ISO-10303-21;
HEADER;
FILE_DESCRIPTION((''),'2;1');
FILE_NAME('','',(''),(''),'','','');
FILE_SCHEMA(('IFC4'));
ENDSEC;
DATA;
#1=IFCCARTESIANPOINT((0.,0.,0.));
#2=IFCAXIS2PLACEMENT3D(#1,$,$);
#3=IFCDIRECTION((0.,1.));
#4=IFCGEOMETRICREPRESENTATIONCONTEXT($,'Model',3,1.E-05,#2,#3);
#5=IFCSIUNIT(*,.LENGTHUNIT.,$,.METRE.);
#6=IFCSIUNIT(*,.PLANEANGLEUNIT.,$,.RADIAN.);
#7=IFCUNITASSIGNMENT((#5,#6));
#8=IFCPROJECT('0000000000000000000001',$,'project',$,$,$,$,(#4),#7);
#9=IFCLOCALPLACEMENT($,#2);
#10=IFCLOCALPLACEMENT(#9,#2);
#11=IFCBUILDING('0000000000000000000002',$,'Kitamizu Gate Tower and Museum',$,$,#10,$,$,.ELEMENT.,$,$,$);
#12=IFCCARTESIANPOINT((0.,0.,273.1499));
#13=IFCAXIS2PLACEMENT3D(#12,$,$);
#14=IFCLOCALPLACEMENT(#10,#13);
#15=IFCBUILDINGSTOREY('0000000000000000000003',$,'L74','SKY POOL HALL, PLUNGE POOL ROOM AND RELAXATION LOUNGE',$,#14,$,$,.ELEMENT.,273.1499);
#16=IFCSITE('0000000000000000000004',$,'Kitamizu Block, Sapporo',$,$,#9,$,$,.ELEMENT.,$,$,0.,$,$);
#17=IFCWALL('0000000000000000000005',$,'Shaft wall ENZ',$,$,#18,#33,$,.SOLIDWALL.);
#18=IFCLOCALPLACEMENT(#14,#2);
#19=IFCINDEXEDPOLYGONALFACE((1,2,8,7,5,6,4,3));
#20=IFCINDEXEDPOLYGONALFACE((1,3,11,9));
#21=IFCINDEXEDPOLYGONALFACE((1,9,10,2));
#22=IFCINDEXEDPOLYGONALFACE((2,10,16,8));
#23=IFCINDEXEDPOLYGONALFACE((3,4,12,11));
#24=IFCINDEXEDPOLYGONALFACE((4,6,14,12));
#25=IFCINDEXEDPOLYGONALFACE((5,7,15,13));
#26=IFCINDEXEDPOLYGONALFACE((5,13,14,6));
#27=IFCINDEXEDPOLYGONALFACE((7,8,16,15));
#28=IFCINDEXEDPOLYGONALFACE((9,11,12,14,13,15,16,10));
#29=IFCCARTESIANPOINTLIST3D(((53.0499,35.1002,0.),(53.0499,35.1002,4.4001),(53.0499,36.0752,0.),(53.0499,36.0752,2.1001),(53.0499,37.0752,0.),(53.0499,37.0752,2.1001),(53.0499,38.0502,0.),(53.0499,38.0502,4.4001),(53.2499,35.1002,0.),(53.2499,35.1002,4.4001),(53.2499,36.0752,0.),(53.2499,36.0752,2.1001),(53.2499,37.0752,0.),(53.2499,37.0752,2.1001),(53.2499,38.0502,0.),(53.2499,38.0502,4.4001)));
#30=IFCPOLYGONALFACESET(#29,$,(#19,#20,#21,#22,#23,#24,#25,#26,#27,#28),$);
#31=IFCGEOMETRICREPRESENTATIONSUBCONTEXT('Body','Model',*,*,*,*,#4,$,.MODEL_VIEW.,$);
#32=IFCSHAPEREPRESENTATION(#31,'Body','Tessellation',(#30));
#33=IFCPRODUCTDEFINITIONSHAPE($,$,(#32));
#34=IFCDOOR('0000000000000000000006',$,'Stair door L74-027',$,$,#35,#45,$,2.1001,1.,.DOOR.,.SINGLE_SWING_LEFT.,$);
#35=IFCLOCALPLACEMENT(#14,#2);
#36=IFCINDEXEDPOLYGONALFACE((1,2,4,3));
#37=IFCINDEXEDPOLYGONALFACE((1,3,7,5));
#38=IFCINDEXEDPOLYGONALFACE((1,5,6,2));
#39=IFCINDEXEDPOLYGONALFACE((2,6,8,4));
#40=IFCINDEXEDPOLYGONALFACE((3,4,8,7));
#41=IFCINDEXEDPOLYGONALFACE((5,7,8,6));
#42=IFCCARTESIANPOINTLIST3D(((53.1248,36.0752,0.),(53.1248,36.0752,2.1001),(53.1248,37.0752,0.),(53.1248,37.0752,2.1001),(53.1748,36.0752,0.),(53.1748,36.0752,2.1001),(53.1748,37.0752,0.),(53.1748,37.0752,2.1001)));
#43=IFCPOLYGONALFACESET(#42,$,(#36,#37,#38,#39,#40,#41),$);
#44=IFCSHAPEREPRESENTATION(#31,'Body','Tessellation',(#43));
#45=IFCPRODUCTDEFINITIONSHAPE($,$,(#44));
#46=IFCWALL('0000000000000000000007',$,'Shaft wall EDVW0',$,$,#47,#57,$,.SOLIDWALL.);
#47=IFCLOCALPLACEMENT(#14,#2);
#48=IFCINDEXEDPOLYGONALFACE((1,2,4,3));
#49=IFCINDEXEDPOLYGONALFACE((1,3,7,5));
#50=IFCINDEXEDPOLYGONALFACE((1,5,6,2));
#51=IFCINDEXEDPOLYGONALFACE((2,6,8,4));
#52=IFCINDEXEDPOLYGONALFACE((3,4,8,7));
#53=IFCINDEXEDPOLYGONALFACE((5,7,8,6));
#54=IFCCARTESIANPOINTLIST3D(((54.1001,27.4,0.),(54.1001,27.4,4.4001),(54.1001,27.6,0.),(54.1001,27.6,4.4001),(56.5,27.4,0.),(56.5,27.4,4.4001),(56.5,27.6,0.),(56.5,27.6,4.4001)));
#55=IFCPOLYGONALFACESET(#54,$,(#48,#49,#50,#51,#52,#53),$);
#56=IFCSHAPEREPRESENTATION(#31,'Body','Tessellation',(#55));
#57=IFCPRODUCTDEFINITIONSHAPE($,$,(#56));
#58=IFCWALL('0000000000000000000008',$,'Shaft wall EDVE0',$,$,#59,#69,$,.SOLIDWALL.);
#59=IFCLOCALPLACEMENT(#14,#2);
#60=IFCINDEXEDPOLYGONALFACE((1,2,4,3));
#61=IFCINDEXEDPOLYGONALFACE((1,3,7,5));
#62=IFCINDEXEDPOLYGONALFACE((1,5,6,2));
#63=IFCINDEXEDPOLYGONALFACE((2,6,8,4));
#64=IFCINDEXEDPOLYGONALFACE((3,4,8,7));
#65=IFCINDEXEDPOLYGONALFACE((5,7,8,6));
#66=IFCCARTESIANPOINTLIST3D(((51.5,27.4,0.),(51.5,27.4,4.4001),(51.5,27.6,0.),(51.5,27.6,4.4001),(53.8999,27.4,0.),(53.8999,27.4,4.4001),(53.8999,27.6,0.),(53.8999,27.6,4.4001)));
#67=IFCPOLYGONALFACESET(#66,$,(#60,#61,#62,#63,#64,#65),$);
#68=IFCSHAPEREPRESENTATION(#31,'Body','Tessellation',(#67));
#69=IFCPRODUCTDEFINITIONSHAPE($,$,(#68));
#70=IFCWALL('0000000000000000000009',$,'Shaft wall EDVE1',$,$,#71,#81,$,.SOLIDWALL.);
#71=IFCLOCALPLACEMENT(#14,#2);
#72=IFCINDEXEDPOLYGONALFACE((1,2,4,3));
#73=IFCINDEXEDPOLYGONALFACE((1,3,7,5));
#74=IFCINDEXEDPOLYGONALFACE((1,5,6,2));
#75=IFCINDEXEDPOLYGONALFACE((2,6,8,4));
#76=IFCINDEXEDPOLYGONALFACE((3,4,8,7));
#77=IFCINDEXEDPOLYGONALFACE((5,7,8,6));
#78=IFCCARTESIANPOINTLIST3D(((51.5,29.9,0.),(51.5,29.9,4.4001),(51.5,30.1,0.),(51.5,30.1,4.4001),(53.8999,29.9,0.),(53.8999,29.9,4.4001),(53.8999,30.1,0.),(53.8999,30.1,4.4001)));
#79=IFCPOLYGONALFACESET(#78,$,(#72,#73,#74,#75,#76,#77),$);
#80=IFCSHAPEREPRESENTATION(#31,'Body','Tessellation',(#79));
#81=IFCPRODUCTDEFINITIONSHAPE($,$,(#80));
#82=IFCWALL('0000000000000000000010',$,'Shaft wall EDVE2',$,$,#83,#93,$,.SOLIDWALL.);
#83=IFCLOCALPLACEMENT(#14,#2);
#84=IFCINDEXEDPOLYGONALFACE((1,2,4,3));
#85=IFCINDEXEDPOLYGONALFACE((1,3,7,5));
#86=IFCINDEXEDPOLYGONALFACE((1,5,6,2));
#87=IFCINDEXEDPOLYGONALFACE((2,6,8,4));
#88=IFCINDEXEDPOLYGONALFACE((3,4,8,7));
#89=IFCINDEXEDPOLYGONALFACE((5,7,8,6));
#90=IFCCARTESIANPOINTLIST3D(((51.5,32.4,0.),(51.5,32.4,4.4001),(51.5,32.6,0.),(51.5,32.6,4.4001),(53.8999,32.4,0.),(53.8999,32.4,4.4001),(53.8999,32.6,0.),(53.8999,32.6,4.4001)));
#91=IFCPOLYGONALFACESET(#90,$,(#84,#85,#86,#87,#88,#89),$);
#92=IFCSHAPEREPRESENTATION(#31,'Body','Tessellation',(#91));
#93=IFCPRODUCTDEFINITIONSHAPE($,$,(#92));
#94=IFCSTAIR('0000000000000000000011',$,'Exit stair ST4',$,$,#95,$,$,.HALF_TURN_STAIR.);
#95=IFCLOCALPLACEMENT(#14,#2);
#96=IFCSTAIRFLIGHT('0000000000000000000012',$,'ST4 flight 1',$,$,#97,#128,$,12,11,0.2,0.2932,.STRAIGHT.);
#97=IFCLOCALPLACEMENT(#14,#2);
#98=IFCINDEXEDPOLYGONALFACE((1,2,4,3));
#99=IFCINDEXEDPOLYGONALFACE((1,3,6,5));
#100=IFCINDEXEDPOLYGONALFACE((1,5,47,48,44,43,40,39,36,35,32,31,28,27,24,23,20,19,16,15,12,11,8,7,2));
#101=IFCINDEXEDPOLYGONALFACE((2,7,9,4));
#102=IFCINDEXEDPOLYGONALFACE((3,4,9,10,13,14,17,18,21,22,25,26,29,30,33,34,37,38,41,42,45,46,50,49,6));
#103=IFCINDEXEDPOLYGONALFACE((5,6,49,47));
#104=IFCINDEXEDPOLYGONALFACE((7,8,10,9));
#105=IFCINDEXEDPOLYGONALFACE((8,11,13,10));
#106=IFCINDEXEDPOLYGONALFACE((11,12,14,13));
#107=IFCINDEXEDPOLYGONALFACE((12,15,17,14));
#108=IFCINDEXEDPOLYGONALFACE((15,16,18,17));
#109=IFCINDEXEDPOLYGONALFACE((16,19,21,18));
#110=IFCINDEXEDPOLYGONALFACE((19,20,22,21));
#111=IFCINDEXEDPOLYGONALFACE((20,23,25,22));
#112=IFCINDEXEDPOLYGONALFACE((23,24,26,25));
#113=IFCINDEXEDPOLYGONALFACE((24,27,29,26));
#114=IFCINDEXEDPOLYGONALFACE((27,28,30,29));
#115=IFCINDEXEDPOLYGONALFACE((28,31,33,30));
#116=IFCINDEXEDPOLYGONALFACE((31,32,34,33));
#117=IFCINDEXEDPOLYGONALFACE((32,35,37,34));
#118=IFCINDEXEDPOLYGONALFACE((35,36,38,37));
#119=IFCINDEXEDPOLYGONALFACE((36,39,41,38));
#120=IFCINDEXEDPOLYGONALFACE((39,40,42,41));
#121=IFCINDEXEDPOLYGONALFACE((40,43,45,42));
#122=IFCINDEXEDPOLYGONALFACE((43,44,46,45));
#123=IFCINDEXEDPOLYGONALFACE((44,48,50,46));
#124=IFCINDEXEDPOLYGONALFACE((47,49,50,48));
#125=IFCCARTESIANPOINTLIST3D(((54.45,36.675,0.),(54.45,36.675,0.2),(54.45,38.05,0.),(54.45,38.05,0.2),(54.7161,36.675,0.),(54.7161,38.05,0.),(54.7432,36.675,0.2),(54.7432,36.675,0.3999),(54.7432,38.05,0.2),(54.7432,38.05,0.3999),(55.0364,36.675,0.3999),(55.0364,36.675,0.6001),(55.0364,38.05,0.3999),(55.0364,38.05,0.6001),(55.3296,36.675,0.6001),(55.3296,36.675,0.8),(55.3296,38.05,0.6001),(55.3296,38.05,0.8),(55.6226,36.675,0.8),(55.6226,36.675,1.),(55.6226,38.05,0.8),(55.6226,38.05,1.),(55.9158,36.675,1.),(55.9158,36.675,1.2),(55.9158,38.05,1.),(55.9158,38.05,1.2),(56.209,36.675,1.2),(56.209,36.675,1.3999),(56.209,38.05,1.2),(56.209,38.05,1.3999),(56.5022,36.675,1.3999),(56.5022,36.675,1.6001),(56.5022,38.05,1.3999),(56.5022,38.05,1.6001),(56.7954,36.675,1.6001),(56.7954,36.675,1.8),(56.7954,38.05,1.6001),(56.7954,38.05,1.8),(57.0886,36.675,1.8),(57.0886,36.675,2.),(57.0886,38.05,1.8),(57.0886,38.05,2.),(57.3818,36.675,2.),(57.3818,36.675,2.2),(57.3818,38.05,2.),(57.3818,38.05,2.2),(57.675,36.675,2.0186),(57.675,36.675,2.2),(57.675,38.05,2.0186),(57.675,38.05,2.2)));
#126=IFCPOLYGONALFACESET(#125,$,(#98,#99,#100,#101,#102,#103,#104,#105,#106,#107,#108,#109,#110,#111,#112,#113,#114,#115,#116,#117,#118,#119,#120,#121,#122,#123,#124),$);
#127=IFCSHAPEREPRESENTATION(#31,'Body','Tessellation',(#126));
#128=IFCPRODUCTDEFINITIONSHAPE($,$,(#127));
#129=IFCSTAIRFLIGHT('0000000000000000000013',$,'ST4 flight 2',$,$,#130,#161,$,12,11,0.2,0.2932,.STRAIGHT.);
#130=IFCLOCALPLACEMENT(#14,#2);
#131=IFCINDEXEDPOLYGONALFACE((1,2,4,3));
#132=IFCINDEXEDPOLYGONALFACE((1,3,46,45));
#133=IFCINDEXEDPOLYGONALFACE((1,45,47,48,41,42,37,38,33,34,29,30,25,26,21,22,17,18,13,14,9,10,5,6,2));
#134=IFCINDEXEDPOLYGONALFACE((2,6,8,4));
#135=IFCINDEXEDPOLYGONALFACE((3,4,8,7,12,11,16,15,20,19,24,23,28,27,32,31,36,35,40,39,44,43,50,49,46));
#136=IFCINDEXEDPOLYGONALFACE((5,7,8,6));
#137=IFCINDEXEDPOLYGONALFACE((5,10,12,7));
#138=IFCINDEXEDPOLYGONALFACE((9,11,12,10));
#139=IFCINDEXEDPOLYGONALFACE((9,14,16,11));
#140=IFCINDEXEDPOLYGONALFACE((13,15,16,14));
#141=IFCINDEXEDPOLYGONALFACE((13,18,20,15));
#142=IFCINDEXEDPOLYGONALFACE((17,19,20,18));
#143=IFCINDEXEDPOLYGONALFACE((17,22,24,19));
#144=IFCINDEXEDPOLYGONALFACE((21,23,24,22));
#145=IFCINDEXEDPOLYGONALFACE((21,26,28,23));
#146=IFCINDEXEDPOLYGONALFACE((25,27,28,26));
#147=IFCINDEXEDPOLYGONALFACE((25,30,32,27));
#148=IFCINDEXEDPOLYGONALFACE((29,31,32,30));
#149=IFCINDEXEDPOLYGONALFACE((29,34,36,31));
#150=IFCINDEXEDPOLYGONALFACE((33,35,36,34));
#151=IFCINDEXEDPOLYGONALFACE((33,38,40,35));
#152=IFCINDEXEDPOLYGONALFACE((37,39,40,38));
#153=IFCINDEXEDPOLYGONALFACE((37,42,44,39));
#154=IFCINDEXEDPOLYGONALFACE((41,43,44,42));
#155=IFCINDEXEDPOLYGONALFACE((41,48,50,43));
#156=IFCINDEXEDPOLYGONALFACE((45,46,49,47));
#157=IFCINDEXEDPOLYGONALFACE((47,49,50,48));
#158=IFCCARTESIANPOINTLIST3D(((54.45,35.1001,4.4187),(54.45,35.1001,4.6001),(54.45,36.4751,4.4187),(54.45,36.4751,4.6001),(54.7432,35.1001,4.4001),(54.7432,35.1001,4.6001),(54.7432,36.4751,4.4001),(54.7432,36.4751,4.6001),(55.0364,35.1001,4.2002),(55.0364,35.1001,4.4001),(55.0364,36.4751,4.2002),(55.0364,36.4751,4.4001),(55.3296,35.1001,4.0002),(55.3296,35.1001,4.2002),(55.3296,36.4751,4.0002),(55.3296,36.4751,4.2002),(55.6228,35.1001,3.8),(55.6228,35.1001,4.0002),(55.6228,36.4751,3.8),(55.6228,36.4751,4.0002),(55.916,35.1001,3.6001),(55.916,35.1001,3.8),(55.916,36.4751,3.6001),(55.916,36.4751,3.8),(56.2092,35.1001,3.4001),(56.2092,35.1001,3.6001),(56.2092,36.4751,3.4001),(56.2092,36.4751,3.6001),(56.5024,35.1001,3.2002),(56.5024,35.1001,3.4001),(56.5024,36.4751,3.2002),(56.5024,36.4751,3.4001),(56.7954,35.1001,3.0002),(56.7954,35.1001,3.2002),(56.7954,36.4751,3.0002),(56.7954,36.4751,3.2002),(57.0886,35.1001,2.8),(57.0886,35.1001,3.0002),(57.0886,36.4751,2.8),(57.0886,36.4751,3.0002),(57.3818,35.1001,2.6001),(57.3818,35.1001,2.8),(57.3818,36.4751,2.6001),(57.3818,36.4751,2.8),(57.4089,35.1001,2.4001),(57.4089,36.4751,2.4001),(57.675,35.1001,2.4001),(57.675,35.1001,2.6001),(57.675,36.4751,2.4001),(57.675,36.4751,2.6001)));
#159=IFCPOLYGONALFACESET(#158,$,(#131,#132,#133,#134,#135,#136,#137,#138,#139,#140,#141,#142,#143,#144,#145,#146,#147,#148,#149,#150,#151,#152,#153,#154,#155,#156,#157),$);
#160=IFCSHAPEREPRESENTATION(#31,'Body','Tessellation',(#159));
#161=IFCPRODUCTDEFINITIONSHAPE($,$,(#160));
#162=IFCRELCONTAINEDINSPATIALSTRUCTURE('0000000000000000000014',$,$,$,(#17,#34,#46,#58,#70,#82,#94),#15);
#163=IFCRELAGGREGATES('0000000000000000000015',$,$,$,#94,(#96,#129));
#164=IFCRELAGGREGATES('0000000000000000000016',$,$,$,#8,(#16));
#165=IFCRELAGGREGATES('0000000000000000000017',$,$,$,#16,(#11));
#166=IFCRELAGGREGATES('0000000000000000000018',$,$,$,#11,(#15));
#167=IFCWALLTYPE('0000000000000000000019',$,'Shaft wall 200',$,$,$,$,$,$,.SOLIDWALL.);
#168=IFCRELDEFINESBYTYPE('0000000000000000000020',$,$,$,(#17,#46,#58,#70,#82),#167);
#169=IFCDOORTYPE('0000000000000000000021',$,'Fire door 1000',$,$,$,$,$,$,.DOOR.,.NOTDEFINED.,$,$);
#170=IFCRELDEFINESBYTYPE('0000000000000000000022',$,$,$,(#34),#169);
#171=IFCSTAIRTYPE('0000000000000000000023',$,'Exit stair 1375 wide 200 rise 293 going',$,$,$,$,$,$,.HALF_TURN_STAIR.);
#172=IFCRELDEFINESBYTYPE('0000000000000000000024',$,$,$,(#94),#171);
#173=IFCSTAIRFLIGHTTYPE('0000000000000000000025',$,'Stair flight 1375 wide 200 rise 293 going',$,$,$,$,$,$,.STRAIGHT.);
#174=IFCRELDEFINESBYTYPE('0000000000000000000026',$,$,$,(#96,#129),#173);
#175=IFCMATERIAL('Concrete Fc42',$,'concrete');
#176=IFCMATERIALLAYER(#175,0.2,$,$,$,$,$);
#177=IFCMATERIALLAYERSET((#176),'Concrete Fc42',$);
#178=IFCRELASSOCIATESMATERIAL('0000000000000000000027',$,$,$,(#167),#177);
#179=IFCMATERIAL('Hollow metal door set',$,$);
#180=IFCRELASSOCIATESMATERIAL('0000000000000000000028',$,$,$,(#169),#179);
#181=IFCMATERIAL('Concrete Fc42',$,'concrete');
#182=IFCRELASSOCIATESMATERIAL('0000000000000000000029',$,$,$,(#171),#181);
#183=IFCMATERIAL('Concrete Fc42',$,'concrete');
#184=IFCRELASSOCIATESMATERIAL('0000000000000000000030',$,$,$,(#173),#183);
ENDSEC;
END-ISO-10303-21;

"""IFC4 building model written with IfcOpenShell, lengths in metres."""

from ifc_helpers import new_model, si_unit, direction, frame, frame_2d, origin, place, context, subcontext, project, spatial, polyline, rectangle, outline, extrude, material, layer, layer_set, type_object, element, fill, aggregate, save


model = new_model("IFC4")

# Units and contexts
model_context = context("Model", 3, precision=1e-05, world=origin(), true_north=direction((0.0, 1.0)))
body_context = subcontext(model_context, "Body", "Model", "MODEL_VIEW")
ifc_project = project(units=[si_unit("LENGTHUNIT", "METRE"), si_unit("PLANEANGLEUNIT", "RADIAN")], contexts=[model_context])

# Site, building, storey
site_placement = place(None, origin())
site = spatial("IfcSite", under=ifc_project, at=site_placement, Name="Kitamizu Block, Sapporo", CompositionType="ELEMENT", RefElevation=0.0)
building_placement = place(site_placement, origin())
building = spatial("IfcBuilding", under=site, at=building_placement, Name="Kitamizu Gate Tower and Museum", CompositionType="ELEMENT")
storey_placement = place(building_placement, frame((0.0, 0.0, 273.1499)))
storey = spatial("IfcBuildingStorey", under=building, at=storey_placement, Name="L74", Description="SKY POOL HALL, PLUNGE POOL ROOM AND RELAXATION LOUNGE", CompositionType="ELEMENT", Elevation=273.1499)

# Shared definitions
ifc_material_1 = material(Name="Concrete Fc42", Category="concrete")
ifc_layer_1 = layer(ifc_material_1, 0.2)
ifc_layer_set_1 = layer_set([ifc_layer_1], Name="Concrete Fc42")
wall_type_1 = type_object("IfcWallType", Name="Shaft wall 200", PredefinedType="SOLIDWALL", material=ifc_layer_set_1)

# Wall, opening, door
ifc_material_2 = material(Name="Hollow metal door set")
door_type_1 = type_object("IfcDoorType", Name="Fire door 1000", OperationType="NOTDEFINED", PredefinedType="DOOR", material=ifc_material_2)
wall_1_placement = place(storey_placement, frame((53.1499, 35.1001, 0.0), z_axis=(0.0, 0.0, 1.0), x_axis=(0.0, 1.0, 0.0)))
wall_1 = element("IfcWall", 1, at=wall_1_placement, inside=storey, type_object=wall_type_1, Name="Shaft wall ENZ", PredefinedType="SOLIDWALL", context=body_context, shape_type="SweptSolid", body=[
    extrude(rectangle(XDim=2.95, YDim=0.2, at=frame_2d((1.4751, 0.0))), origin(), (0.0, 0.0, 1.0), 4.4001),
])
opening_1_placement = place(wall_1_placement, frame((0.9751, 0.0, 0.0)))
opening_1 = element("IfcOpeningElement", 2, at=opening_1_placement, cuts=wall_1, PredefinedType="OPENING", context=body_context, shape_type="SweptSolid", body=[
    extrude(rectangle(XDim=1.0, YDim=2.1001, at=frame_2d((0.5, 1.05))), frame((0.0, 0.1099, 0.0), z_axis=(0.0, -1.0, 0.0), x_axis=(1.0, 0.0, 0.0)), (0.0, 0.0, 1.0), 0.22),
])
door_1_placement = place(opening_1_placement, frame((1.0, 0.0, 0.0), x_axis=(-1.0, 0.0, 0.0)))
door_1 = element("IfcDoor", 3, at=door_1_placement, inside=storey, type_object=door_type_1, Name="Stair door L74-027", OperationType="SINGLE_SWING_LEFT", OverallHeight=2.1001, OverallWidth=1.0, PredefinedType="DOOR", context=body_context, shape_type="SweptSolid", body=[
    extrude(rectangle(XDim=1.0, YDim=2.1001, at=frame_2d((0.5, 1.05))), frame((0.0, 0.0249, 0.0), z_axis=(0.0, -1.0, 0.0), x_axis=(1.0, 0.0, 0.0)), (0.0, 0.0, 1.0), 0.05),
])
fill(opening_1, door_1)

# Walls
for number, where, z_axis, x_axis, name in (
    (4, (56.5, 27.5, 0.0), (0.0, 0.0, 1.0), (-1.0, 0.0, 0.0), "Shaft wall EDVW0"),
    (5, (53.8999, 27.5, 0.0), (0.0, 0.0, 1.0), (-1.0, 0.0, 0.0), "Shaft wall EDVE0"),
    (6, (53.8999, 30.0, 0.0), (0.0, 0.0, 1.0), (-1.0, 0.0, 0.0), "Shaft wall EDVE1"),
    (7, (53.8999, 32.5, 0.0), (0.0, 0.0, 1.0), (-1.0, 0.0, 0.0), "Shaft wall EDVE2"),
):
    element("IfcWall", number, at=place(storey_placement, frame(where, z_axis=z_axis, x_axis=x_axis)), inside=storey, type_object=wall_type_1, Name=name, PredefinedType="SOLIDWALL", context=body_context, shape_type="SweptSolid", body=[
        extrude(rectangle(XDim=2.3999, YDim=0.2, at=frame_2d((1.2, 0.0))), origin(), (0.0, 0.0, 1.0), 4.4001),
    ])

# Stair, stair flights
ifc_material_3 = material(Name="Concrete Fc42", Category="concrete")
stair_type = type_object("IfcStairType", Name="Exit stair 1375 wide 200 rise 293 going", PredefinedType="HALF_TURN_STAIR", material=ifc_material_3)
stair_placement = place(storey_placement, origin())
stair = element("IfcStair", 8, at=stair_placement, inside=storey, type_object=stair_type, Name="Exit stair ST4", PredefinedType="HALF_TURN_STAIR")
ifc_material_4 = material(Name="Concrete Fc42", Category="concrete")
stair_flight_type = type_object("IfcStairFlightType", Name="Stair flight 1375 wide 200 rise 293 going", PredefinedType="STRAIGHT", material=ifc_material_4)
stair_flight_1_placement = place(storey_placement, frame((54.45, 37.3625, 0.0), z_axis=(0.0, 0.0, 1.0), x_axis=(1.0, 0.0, 0.0)))
stair_flight_1 = element("IfcStairFlight", 9, at=stair_flight_1_placement, type_object=stair_flight_type, Name="ST4 flight 1", NumberOfRisers=12, NumberOfTreads=11, PredefinedType="STRAIGHT", RiserHeight=0.2, TreadLength=0.2932, context=body_context, shape_type="SweptSolid", body=[
    extrude(outline(polyline([(0.0, 0.0), (0.0, 0.2), (0.2932, 0.2), (0.2932, 0.3999), (0.5864, 0.3999), (0.5864, 0.6001), (0.8796, 0.6001), (0.8796, 0.8), (1.1726, 0.8), (1.1726, 1.0), (1.4658, 1.0), (1.4658, 1.2), (1.759, 1.2), (1.759, 1.3999), (2.0522, 1.3999), (2.0522, 1.6001), (2.3455, 1.6001), (2.3455, 1.8), (2.6387, 1.8), (2.6387, 2.0), (2.9319, 2.0), (2.9319, 2.2), (3.2251, 2.2), (3.2251, 2.3999), (3.2251, 2.0186), (0.2661, 0.0), (0.0, 0.0)])), frame((0.0, 0.6875, 0.0), z_axis=(0.0, -1.0, 0.0), x_axis=(1.0, 0.0, 0.0)), (0.0, 0.0, 1.0), 1.375),
])
stair_flight_2_placement = place(storey_placement, frame((57.675, 35.7876, 2.4001), z_axis=(0.0, 0.0, 1.0), x_axis=(-1.0, 0.0, 0.0)))
stair_flight_2 = element("IfcStairFlight", 10, at=stair_flight_2_placement, type_object=stair_flight_type, Name="ST4 flight 2", NumberOfRisers=12, NumberOfTreads=11, PredefinedType="STRAIGHT", RiserHeight=0.2, TreadLength=0.2932, context=body_context, shape_type="SweptSolid", body=[
    extrude(outline(polyline([(0.0, 0.0), (0.0, 0.2), (0.2932, 0.2), (0.2932, 0.3999), (0.5864, 0.3999), (0.5864, 0.6001), (0.8796, 0.6001), (0.8796, 0.8), (1.1726, 0.8), (1.1726, 1.0), (1.4658, 1.0), (1.4658, 1.2), (1.759, 1.2), (1.759, 1.3999), (2.0522, 1.3999), (2.0522, 1.6001), (2.3455, 1.6001), (2.3455, 1.8), (2.6387, 1.8), (2.6387, 2.0), (2.9319, 2.0), (2.9319, 2.2), (3.2251, 2.2), (3.2251, 2.3999), (3.2251, 2.0186), (0.2661, 0.0), (0.0, 0.0)])), frame((0.0, 0.6875, 0.0), z_axis=(0.0, -1.0, 0.0), x_axis=(1.0, 0.0, 0.0)), (0.0, 0.0, 1.0), 1.375),
])
aggregate(stair, [stair_flight_1, stair_flight_2])

save(model, "model.ifc")
